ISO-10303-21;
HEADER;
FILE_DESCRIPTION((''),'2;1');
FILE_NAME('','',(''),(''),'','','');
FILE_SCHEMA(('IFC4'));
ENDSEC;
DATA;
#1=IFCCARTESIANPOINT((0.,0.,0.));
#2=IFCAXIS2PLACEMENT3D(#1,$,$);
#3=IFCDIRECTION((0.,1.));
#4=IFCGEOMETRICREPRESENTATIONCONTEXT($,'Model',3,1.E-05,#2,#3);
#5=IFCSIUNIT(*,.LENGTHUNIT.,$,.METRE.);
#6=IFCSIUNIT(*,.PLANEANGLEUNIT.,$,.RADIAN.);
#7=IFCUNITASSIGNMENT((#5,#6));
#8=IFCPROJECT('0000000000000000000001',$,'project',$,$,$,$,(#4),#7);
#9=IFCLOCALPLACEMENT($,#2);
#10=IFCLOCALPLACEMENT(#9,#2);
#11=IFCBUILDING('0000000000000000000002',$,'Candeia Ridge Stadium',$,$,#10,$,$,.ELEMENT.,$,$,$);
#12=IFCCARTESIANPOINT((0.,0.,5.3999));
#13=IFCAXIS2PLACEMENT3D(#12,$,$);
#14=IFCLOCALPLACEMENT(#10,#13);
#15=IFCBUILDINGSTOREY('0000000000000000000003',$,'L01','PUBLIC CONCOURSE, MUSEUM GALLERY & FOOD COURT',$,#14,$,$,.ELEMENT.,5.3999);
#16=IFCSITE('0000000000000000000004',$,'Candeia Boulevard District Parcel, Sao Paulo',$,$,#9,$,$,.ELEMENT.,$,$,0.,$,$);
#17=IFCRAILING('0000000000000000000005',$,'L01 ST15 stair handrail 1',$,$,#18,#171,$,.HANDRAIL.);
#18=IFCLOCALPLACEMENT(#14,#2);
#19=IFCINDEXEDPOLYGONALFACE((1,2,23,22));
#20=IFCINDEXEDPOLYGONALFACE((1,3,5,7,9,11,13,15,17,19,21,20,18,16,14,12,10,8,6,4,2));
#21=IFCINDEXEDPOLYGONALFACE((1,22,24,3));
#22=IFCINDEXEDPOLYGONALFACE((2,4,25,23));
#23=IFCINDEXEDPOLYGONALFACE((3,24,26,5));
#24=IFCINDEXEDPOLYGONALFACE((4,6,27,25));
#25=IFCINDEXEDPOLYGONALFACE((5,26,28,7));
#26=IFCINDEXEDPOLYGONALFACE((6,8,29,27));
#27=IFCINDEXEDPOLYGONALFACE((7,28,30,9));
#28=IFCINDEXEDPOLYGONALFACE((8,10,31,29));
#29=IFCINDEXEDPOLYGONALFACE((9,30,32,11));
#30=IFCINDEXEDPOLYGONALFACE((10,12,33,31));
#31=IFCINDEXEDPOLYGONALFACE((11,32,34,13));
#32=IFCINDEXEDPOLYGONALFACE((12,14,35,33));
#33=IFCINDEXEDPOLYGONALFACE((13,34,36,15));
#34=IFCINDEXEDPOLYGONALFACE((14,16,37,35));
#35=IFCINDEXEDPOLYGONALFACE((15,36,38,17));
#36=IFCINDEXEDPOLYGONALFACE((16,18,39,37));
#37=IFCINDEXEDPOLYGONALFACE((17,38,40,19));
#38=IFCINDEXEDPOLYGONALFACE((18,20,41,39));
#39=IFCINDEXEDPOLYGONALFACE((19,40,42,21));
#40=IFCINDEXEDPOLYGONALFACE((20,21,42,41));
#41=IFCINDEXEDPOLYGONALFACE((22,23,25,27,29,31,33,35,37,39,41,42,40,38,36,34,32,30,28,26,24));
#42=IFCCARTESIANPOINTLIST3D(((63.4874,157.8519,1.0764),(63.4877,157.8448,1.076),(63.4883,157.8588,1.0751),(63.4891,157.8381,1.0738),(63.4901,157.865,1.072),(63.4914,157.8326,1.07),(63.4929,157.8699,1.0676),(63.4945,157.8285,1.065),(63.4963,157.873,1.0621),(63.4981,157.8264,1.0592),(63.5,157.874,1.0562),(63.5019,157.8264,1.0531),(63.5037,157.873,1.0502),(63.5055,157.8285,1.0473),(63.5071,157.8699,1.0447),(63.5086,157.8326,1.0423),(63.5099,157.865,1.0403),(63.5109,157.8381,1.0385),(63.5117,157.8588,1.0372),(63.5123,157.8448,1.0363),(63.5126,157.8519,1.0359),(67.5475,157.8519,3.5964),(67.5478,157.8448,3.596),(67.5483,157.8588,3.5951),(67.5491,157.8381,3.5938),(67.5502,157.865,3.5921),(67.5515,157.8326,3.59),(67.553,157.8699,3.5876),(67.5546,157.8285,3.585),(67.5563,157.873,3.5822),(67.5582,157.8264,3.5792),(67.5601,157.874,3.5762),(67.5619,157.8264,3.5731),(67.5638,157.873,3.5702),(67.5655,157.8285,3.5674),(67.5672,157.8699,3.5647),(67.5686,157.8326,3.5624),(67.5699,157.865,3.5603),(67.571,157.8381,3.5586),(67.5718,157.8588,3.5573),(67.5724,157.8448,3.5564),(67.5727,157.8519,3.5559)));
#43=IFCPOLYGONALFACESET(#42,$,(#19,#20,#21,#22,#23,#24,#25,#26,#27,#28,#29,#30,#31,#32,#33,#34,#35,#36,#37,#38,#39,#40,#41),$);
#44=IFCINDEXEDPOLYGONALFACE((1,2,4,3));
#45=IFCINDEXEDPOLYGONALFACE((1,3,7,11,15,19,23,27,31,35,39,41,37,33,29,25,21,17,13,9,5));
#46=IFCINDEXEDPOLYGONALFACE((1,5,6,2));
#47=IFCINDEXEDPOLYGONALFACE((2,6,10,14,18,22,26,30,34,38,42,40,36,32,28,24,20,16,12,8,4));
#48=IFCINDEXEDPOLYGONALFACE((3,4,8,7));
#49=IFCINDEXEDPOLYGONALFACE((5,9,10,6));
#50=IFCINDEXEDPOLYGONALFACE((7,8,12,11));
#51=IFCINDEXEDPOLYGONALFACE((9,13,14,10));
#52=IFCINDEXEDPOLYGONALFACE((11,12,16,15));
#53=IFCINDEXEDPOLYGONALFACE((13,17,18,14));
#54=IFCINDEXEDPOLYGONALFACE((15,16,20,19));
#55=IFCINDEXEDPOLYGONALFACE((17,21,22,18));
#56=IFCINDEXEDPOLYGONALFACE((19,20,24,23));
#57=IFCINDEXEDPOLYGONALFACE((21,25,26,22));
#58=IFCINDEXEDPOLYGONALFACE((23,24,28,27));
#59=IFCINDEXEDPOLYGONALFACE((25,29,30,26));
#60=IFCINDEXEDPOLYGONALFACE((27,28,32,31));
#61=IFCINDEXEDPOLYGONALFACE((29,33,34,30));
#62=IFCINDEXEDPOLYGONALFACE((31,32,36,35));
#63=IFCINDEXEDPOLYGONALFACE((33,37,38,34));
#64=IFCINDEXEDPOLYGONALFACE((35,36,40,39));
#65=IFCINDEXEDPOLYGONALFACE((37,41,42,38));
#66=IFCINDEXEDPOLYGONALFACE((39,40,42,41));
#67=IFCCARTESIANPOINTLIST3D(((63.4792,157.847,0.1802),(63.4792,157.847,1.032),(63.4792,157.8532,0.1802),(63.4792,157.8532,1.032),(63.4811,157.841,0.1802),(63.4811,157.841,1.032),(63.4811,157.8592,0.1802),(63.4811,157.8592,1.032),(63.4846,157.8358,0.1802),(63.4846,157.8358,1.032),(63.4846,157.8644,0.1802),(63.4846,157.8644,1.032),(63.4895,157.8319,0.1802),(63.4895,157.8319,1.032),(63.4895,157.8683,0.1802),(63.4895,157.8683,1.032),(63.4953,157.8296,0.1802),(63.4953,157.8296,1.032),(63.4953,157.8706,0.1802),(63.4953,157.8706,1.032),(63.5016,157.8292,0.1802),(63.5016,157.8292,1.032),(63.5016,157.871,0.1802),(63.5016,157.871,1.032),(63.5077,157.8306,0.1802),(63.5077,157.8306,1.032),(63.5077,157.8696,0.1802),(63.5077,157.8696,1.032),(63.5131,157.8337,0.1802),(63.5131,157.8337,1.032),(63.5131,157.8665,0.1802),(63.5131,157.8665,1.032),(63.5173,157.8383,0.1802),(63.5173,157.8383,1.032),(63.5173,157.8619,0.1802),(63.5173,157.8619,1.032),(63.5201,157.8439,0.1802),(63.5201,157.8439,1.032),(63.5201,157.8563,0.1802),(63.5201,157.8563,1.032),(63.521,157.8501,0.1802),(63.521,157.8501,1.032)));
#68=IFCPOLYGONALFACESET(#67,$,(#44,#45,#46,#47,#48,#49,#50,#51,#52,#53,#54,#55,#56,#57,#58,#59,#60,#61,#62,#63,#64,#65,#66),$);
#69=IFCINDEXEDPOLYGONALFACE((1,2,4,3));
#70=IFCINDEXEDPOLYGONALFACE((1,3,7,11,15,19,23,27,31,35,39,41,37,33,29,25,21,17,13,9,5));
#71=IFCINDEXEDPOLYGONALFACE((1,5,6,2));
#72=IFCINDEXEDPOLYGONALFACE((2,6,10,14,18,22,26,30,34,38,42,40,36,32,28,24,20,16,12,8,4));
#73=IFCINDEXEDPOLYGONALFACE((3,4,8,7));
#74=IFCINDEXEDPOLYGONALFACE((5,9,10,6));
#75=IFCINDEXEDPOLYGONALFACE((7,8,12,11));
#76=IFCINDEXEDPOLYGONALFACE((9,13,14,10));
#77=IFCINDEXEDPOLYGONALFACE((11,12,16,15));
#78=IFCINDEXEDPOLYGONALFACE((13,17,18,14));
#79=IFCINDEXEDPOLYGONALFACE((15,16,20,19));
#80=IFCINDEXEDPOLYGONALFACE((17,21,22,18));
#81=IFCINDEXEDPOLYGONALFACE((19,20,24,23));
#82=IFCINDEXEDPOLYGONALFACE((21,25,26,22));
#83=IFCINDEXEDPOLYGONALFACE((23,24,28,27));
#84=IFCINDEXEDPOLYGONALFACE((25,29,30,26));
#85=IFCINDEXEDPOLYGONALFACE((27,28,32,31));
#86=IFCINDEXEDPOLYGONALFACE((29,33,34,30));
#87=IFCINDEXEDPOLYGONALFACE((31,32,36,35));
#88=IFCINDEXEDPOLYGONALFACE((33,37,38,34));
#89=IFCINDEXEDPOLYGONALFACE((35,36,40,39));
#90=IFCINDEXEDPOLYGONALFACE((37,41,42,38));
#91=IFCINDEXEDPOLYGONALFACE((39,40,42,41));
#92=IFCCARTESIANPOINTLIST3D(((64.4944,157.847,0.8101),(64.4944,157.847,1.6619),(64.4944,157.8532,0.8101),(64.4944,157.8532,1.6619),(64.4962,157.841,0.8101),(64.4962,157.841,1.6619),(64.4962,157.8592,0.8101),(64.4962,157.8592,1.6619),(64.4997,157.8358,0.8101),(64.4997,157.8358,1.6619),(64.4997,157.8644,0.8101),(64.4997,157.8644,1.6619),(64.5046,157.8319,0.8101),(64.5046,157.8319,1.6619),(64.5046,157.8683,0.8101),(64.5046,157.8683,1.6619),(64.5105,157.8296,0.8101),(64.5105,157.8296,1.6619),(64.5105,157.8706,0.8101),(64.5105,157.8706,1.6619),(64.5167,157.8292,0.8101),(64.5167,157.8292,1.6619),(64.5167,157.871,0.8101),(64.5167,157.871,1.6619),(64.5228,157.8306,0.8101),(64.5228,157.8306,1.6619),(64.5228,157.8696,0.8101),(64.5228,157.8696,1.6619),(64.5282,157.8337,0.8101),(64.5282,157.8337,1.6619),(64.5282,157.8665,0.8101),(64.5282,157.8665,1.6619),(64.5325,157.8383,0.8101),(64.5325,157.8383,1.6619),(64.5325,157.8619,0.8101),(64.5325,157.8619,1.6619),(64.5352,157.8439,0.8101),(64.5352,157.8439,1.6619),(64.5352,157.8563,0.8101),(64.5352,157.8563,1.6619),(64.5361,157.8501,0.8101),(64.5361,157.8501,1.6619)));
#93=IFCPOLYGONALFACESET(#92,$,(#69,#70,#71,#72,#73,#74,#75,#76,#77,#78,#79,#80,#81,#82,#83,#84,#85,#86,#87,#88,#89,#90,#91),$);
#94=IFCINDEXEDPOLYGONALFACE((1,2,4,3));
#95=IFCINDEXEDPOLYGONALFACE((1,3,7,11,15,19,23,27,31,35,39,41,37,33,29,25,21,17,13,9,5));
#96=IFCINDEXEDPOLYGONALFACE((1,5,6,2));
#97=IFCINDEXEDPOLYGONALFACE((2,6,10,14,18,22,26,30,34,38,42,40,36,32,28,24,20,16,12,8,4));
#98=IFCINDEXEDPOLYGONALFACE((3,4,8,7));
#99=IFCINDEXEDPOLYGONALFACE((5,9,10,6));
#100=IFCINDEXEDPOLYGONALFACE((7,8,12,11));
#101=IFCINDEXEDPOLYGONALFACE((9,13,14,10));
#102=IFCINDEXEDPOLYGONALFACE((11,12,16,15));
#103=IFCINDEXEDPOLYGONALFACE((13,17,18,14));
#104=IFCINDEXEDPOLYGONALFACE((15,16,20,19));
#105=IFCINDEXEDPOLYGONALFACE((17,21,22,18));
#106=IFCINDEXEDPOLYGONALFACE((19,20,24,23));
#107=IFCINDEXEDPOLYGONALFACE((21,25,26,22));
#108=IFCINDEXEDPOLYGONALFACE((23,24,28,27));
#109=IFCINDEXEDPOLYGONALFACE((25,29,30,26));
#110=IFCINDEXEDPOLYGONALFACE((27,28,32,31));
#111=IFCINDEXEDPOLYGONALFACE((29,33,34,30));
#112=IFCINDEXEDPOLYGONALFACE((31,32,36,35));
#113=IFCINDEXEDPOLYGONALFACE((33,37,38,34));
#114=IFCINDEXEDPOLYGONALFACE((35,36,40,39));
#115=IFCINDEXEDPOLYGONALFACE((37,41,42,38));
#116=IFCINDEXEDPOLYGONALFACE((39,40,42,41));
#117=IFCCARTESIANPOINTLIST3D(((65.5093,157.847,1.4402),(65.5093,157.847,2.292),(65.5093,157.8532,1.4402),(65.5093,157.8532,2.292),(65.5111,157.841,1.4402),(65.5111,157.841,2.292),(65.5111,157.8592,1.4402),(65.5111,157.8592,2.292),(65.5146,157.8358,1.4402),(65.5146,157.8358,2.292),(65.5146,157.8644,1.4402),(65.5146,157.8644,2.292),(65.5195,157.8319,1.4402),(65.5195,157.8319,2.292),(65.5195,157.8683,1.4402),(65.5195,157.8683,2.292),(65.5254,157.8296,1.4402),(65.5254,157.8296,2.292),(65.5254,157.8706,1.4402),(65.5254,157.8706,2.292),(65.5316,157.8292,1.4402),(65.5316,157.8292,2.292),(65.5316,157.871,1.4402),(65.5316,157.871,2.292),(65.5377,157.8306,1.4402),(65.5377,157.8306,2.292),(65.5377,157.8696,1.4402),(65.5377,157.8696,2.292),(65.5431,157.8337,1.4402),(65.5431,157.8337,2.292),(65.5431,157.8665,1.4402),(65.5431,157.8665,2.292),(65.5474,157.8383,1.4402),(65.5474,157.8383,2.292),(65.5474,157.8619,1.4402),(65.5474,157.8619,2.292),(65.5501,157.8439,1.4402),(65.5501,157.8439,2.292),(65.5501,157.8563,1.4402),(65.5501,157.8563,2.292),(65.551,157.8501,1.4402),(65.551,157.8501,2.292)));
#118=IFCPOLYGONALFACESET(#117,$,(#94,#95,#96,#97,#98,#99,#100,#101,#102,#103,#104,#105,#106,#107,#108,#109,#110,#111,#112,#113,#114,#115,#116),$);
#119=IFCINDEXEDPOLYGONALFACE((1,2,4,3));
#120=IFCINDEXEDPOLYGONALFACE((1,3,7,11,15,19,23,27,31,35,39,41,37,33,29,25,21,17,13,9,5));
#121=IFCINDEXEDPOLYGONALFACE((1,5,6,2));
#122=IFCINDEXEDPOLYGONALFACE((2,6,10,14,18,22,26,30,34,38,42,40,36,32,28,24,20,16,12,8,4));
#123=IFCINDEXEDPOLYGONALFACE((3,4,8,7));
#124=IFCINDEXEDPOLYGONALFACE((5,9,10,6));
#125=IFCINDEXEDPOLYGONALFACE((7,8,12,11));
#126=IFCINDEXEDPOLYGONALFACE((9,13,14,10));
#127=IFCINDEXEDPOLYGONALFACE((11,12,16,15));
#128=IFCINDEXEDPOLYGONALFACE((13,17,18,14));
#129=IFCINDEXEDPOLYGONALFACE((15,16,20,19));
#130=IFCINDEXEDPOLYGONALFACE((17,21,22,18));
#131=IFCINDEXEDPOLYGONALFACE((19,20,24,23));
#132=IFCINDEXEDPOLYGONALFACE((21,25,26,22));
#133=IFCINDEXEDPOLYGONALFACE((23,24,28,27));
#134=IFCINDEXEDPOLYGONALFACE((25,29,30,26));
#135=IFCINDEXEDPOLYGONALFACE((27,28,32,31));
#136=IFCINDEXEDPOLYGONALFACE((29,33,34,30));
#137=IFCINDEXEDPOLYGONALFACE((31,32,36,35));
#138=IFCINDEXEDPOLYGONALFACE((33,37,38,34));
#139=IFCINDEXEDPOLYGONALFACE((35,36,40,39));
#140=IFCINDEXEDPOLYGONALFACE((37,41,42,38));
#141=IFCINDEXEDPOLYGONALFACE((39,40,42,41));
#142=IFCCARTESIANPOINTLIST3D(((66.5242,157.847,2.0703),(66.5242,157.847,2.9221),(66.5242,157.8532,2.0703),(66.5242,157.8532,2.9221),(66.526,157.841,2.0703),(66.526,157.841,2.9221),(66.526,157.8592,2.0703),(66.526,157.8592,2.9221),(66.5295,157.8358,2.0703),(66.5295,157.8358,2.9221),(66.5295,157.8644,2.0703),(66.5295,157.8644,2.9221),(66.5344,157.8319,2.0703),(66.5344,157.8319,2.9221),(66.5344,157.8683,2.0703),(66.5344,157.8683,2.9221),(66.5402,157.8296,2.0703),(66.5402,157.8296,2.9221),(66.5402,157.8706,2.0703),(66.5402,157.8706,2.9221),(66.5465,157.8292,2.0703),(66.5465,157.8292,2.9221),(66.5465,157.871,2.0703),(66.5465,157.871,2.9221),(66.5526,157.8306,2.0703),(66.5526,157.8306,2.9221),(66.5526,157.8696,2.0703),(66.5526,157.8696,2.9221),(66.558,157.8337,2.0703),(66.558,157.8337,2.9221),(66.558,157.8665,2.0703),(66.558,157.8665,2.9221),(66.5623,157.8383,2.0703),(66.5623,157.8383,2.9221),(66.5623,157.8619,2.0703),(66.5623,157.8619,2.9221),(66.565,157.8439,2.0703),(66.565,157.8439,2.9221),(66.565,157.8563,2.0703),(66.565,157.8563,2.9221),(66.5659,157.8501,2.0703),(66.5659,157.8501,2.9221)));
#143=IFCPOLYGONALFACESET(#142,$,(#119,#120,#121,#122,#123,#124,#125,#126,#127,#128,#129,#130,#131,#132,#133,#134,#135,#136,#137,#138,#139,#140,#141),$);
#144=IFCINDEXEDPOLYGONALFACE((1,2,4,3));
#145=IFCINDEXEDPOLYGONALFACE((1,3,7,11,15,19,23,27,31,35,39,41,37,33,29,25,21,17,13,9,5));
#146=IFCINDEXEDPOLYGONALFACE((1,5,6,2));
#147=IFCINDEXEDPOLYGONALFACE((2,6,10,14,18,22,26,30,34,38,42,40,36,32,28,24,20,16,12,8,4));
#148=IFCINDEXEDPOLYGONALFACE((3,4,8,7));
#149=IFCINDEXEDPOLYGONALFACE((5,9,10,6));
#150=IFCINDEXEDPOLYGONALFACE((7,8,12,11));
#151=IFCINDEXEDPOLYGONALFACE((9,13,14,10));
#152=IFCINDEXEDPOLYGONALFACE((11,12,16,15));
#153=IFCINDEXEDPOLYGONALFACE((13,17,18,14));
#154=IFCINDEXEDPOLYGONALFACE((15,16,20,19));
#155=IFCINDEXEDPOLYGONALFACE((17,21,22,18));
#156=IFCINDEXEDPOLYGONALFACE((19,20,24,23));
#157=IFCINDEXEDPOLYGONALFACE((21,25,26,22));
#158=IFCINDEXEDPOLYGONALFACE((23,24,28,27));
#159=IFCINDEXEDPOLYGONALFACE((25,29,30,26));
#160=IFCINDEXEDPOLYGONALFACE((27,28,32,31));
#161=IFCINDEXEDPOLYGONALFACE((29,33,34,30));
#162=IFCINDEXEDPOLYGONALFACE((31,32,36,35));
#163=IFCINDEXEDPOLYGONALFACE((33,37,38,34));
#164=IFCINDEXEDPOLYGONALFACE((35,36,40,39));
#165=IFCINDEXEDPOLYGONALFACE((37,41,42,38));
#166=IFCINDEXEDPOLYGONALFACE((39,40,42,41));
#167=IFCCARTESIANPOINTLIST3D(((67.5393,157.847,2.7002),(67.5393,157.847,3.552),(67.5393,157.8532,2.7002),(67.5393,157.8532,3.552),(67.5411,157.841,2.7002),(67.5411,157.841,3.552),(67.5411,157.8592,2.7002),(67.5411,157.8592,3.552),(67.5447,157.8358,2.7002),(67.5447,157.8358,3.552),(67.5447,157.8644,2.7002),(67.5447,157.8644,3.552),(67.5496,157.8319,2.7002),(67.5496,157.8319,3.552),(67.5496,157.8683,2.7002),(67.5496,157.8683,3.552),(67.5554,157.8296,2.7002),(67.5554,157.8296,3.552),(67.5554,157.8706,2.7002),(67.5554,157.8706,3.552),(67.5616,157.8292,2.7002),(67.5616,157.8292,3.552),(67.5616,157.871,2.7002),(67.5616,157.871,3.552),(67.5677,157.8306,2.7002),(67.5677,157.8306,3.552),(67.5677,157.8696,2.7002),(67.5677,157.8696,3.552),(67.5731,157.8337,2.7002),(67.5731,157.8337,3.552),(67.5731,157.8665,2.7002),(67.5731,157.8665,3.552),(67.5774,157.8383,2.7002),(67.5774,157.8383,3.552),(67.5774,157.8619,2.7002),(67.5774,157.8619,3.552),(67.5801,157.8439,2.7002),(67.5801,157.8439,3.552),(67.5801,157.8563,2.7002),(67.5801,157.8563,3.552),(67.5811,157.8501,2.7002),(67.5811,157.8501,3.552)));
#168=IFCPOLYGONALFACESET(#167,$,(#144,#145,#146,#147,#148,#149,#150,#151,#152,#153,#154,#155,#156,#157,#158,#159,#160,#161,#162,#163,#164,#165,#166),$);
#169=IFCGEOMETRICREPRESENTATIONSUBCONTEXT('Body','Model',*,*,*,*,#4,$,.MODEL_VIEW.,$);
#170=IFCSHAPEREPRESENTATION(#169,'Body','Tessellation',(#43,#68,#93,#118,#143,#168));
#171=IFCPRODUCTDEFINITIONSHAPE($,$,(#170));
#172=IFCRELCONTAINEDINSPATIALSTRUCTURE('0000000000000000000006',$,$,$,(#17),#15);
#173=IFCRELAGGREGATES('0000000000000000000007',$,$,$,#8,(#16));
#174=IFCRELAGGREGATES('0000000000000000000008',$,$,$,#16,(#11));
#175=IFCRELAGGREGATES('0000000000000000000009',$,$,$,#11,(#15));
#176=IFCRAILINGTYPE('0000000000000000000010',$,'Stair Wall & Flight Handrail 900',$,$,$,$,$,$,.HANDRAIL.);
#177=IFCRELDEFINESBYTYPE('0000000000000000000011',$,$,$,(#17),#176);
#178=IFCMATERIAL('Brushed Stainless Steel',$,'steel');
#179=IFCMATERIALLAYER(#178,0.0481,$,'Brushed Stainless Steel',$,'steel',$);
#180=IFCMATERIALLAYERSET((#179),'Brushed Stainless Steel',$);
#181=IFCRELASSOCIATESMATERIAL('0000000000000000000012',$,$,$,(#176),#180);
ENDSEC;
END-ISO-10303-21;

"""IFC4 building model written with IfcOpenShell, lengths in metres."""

from ifc_helpers import new_model, si_unit, direction, frame, origin, origin_2d, place, context, subcontext, project, spatial, circle, extrude, material, layer, layer_set, type_object, element, save


model = new_model("IFC4")

# Units and contexts
model_context = context("Model", 3, precision=1e-05, world=origin(), true_north=direction((0.0, 1.0)))
body_context = subcontext(model_context, "Body", "Model", "MODEL_VIEW")
ifc_project = project(units=[si_unit("LENGTHUNIT", "METRE"), si_unit("PLANEANGLEUNIT", "RADIAN")], contexts=[model_context])

# Site, building, storey
site_placement = place(None, origin())
site = spatial("IfcSite", under=ifc_project, at=site_placement, Name="Candeia Boulevard District Parcel, Sao Paulo", CompositionType="ELEMENT", RefElevation=0.0)
building_placement = place(site_placement, origin())
building = spatial("IfcBuilding", under=site, at=building_placement, Name="Candeia Ridge Stadium", CompositionType="ELEMENT")
storey_placement = place(building_placement, frame((0.0, 0.0, 5.3999)))
storey = spatial("IfcBuildingStorey", under=building, at=storey_placement, Name="L01", Description="PUBLIC CONCOURSE, MUSEUM GALLERY & FOOD COURT", CompositionType="ELEMENT", Elevation=5.3999)

# Railing
ifc_material_1 = material(Name="Brushed Stainless Steel", Category="steel")
ifc_layer_1 = layer(ifc_material_1, 0.0481, Name="Brushed Stainless Steel", Category="steel")
ifc_layer_set_1 = layer_set([ifc_layer_1], Name="Brushed Stainless Steel")
railing_type_1 = type_object("IfcRailingType", Name="Stair Wall & Flight Handrail 900", PredefinedType="HANDRAIL", material=ifc_layer_set_1)
railing_1_placement = place(storey_placement, frame((63.5, 157.8501, 0.1802)))
element("IfcRailing", 1, at=railing_1_placement, inside=storey, type_object=railing_type_1, Name="L01 ST15 stair handrail 1", PredefinedType="HANDRAIL", context=body_context, shape_type="SweptSolid", body=[
    extrude(circle(Radius=0.0239, at=origin_2d()), frame((0.0, 0.0, 0.876), z_axis=(0.849642, 0.0, 0.52736), x_axis=(0.0, 1.0, 0.0)), (0.0, 0.0, 1.0), 4.7786),
    extrude(circle(Radius=0.021, at=origin_2d()), origin(), (0.0, 0.0, 1.0), 0.8518),
    extrude(circle(Radius=0.021, at=origin_2d()), frame((1.0151, 0.0, 0.6299)), (0.0, 0.0, 1.0), 0.8518),
    extrude(circle(Radius=0.021, at=origin_2d()), frame((2.03, 0.0, 1.26)), (0.0, 0.0, 1.0), 0.8518),
    extrude(circle(Radius=0.021, at=origin_2d()), frame((3.0449, 0.0, 1.8901)), (0.0, 0.0, 1.0), 0.8518),
    extrude(circle(Radius=0.021, at=origin_2d()), frame((4.0601, 0.0, 2.52)), (0.0, 0.0, 1.0), 0.8518),
])

save(model, "model.ifc")
